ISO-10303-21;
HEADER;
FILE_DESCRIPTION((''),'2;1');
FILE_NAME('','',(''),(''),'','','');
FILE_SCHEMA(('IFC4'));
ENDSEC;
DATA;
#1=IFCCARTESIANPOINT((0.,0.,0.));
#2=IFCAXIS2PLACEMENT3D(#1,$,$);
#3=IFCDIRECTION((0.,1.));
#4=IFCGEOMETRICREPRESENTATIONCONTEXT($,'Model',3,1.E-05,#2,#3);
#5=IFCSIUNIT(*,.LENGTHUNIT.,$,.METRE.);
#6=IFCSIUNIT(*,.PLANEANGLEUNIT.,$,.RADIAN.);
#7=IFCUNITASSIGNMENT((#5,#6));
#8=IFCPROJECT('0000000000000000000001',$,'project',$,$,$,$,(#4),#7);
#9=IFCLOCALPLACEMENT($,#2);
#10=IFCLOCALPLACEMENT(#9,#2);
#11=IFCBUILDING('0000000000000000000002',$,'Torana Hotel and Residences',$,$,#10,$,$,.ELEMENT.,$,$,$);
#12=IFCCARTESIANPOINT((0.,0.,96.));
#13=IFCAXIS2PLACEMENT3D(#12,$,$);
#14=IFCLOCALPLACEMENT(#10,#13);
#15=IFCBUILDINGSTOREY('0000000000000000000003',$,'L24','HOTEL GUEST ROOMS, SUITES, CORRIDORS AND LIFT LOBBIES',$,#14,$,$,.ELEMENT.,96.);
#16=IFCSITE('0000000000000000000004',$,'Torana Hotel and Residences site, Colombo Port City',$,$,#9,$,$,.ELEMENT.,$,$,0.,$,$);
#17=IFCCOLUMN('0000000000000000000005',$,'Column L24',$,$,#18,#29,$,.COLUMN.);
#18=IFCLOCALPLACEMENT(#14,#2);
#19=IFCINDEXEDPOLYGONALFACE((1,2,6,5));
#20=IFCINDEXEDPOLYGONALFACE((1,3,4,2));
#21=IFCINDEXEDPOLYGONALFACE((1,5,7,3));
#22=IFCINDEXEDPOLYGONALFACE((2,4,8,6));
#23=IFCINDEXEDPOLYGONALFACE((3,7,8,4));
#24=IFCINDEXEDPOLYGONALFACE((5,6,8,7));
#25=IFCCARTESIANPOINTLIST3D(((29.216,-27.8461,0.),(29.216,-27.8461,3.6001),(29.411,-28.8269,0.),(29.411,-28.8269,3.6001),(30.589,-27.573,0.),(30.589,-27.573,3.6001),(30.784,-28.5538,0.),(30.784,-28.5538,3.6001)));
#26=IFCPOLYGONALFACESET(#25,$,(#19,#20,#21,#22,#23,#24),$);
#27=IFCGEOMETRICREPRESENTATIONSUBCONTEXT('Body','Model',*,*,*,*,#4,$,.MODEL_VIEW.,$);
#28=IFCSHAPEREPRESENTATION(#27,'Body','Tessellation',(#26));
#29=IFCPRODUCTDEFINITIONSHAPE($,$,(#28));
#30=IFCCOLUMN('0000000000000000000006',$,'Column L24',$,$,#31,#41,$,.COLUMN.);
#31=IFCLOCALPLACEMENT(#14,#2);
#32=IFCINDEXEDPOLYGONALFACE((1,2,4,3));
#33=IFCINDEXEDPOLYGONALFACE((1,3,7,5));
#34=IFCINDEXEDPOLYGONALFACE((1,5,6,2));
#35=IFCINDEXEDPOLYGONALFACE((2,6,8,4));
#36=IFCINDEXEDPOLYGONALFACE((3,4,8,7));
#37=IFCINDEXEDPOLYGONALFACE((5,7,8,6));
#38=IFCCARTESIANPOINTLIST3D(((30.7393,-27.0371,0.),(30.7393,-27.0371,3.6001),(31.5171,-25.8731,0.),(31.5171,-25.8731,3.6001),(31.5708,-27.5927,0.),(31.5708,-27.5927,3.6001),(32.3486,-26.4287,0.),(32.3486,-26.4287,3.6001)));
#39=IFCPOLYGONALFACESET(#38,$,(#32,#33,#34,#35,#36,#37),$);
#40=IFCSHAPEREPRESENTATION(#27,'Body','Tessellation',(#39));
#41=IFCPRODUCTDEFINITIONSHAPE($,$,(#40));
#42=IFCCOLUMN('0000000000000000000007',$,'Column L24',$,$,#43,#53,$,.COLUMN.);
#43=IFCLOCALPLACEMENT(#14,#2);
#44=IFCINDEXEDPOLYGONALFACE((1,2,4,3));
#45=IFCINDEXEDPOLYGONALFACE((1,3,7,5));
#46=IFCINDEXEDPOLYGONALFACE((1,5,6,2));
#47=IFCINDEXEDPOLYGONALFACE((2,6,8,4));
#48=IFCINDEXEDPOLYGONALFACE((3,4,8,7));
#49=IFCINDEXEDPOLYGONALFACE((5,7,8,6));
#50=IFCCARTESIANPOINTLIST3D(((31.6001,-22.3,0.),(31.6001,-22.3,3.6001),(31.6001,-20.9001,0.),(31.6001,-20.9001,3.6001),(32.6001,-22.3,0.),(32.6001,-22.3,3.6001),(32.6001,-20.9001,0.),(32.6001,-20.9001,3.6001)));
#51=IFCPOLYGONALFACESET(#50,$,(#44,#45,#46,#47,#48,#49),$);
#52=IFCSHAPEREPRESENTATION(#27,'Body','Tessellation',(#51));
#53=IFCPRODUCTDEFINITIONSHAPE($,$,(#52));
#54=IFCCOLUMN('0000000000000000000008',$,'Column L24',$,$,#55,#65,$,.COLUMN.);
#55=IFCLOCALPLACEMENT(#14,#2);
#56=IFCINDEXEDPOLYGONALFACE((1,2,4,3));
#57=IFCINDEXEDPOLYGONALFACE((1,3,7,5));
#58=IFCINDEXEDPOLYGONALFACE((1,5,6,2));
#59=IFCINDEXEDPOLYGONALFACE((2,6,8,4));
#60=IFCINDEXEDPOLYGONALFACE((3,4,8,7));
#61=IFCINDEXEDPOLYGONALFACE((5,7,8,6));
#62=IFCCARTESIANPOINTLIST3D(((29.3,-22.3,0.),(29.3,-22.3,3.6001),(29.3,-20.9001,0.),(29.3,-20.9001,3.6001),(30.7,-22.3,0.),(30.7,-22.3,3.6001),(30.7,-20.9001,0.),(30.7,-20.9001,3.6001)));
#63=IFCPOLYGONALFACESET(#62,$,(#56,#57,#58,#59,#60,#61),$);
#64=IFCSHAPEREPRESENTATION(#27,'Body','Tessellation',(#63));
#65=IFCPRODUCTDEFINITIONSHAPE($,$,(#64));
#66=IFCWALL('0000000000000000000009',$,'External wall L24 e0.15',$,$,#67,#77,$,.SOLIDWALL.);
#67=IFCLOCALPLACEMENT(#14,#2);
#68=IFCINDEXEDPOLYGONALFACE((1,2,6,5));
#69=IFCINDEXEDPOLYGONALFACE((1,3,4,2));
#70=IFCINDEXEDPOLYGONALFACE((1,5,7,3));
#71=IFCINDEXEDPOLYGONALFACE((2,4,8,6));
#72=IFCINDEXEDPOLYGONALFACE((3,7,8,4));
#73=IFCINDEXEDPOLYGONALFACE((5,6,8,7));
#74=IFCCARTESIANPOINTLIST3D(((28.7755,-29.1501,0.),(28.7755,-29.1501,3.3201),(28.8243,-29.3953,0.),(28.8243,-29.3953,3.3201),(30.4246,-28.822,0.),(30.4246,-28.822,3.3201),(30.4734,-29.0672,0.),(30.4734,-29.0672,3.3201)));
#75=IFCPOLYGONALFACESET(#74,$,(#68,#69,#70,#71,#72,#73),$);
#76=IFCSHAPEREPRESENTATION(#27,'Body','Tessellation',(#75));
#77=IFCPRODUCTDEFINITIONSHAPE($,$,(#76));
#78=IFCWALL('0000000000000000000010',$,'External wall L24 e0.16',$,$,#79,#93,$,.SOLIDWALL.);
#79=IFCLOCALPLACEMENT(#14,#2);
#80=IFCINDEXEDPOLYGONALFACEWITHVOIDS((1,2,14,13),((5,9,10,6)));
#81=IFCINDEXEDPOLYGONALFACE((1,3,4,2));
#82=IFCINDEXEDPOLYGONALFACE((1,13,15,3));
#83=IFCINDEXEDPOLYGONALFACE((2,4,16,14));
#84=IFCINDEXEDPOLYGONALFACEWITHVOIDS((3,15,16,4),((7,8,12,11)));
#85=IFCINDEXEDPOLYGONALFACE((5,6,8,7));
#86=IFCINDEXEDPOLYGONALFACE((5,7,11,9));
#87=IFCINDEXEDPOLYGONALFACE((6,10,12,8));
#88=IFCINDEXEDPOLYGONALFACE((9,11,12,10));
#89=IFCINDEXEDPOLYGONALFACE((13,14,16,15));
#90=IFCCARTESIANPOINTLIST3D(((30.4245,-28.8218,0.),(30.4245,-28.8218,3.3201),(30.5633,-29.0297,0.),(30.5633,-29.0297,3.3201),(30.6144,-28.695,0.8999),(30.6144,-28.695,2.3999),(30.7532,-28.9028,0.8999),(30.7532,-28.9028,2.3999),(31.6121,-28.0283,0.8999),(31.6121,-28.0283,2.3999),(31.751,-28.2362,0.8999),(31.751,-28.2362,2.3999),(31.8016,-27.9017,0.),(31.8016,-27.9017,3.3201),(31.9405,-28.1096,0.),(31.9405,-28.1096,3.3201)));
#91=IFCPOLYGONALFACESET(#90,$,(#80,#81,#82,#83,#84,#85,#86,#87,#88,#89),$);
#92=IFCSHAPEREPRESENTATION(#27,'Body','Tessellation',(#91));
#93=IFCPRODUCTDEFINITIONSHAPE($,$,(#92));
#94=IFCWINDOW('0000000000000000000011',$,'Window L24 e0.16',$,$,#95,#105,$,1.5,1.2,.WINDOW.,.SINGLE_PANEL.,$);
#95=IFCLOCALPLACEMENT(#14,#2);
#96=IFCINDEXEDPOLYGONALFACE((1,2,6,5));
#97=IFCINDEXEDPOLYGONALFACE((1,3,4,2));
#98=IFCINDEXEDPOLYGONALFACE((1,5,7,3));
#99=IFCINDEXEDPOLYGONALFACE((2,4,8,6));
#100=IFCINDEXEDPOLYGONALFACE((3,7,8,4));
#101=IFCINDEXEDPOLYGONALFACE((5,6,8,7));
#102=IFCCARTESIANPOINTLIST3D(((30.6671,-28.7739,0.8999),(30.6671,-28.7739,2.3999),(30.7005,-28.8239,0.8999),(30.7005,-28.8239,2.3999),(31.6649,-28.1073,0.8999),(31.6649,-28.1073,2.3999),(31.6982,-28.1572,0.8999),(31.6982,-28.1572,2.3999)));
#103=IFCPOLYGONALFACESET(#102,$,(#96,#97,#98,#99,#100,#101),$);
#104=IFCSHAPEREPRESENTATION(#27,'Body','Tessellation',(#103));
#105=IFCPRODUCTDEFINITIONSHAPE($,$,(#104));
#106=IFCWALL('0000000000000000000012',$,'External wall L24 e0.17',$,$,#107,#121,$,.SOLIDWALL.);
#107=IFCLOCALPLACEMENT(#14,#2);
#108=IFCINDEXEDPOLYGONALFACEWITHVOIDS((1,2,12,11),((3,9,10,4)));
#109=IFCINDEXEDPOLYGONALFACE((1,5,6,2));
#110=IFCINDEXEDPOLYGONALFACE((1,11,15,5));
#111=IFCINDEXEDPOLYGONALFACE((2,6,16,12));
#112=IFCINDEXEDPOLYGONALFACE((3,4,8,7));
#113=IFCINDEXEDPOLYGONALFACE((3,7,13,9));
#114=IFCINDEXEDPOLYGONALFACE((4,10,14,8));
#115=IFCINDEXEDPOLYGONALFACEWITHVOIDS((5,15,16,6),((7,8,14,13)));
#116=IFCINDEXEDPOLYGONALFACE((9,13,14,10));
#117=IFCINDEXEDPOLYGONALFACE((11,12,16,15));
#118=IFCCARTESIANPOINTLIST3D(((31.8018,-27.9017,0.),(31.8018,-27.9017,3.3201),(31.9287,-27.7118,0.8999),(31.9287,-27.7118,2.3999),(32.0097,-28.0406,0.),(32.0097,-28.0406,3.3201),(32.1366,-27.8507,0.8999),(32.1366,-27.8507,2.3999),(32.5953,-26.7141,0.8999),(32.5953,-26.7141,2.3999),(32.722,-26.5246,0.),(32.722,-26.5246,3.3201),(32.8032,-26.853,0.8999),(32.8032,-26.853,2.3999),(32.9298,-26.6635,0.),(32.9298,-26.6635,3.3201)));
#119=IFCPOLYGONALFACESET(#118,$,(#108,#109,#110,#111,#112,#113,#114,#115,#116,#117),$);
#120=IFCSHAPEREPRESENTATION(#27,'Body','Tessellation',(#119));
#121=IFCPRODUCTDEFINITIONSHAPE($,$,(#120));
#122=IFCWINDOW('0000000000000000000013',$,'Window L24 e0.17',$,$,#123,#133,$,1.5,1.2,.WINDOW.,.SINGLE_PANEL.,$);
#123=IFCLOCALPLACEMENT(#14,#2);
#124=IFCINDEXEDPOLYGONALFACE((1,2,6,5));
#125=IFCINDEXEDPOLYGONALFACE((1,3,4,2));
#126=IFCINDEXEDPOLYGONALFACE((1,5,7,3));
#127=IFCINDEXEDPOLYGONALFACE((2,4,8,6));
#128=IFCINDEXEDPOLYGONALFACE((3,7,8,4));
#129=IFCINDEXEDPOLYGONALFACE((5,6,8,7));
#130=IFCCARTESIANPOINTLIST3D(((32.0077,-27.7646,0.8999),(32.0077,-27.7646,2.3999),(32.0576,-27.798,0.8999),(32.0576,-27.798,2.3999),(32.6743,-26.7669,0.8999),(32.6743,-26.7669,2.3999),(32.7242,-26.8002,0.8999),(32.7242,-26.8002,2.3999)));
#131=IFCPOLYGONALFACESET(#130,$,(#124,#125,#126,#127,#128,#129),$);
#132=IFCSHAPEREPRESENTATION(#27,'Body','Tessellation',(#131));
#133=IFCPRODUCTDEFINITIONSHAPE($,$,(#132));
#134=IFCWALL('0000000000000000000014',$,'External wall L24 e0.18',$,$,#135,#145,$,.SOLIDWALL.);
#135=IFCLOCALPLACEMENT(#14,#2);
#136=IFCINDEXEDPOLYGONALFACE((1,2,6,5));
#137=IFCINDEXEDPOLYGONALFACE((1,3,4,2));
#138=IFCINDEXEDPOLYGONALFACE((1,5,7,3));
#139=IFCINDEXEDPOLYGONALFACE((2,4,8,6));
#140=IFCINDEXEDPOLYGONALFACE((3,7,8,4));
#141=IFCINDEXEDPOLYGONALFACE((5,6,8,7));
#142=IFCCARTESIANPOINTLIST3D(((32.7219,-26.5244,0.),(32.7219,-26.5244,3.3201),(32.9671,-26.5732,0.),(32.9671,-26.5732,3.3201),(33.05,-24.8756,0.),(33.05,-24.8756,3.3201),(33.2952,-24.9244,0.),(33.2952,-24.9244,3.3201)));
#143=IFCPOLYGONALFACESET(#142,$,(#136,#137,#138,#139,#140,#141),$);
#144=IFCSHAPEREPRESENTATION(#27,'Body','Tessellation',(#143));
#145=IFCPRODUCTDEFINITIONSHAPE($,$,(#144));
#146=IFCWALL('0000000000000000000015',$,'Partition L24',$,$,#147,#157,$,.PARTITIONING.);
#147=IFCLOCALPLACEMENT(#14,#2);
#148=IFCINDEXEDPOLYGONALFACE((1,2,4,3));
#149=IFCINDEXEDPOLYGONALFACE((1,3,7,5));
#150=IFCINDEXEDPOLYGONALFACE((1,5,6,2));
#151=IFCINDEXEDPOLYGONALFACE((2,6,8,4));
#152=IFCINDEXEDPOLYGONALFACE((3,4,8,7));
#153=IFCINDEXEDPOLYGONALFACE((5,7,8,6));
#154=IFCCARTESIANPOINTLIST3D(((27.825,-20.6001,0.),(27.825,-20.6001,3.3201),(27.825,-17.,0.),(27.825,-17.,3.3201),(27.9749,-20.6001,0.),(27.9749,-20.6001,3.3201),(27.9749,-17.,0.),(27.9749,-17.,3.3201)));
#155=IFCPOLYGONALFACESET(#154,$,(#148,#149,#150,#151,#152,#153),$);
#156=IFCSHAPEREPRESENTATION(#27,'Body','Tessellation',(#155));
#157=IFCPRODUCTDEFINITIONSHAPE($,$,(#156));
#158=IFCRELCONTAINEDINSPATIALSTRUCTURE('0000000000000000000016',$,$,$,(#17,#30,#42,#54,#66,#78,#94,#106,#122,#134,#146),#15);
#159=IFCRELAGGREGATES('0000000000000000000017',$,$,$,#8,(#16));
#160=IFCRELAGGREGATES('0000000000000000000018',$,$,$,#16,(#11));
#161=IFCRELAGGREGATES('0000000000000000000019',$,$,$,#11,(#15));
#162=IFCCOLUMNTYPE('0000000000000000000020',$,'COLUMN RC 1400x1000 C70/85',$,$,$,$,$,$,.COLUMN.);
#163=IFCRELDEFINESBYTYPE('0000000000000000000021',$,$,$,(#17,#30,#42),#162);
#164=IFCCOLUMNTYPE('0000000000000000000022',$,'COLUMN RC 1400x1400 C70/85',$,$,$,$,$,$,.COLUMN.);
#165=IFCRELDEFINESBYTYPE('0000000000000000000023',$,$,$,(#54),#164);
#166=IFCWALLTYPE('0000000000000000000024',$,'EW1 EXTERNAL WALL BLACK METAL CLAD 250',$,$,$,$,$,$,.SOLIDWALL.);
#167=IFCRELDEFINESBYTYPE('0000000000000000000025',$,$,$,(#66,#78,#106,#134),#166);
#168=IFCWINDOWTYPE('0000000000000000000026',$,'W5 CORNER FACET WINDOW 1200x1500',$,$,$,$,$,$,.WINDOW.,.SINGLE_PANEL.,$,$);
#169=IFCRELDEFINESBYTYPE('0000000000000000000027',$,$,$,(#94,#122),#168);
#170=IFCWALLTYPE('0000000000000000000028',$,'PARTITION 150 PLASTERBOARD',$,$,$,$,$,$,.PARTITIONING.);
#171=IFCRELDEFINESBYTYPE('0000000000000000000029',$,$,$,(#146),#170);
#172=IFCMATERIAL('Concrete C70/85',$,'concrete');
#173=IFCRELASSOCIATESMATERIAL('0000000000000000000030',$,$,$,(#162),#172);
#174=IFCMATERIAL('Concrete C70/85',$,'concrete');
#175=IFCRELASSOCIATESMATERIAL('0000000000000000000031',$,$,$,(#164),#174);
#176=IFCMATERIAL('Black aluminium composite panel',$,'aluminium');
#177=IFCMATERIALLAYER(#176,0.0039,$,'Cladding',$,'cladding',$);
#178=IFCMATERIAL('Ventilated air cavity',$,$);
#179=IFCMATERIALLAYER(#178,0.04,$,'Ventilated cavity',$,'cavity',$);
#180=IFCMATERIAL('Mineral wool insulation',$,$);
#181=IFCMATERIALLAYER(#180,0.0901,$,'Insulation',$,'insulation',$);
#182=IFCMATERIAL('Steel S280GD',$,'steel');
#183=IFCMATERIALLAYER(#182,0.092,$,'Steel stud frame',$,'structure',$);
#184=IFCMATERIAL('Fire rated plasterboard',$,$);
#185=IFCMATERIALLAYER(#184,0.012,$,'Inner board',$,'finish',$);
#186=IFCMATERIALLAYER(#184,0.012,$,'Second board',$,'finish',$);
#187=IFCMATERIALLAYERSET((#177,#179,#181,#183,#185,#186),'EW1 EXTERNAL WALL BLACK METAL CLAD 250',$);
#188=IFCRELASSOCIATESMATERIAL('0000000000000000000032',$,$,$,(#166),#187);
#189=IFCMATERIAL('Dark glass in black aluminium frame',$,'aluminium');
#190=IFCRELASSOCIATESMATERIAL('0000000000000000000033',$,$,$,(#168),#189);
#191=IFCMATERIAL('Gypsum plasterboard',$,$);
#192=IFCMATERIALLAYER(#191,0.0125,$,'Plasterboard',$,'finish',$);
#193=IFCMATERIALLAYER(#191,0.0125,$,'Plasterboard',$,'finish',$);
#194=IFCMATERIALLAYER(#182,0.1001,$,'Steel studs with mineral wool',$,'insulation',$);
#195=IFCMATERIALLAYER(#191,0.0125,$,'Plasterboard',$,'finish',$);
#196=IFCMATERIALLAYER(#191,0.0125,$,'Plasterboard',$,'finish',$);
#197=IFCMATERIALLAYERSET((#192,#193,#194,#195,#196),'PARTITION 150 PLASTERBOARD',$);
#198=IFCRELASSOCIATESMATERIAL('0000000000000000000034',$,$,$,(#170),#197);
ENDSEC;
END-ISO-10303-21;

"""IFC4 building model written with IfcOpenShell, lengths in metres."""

from ifc_helpers import new_model, si_unit, direction, frame, frame_2d, origin, origin_2d, place, context, subcontext, project, spatial, rectangle, extrude, material, layer, layer_set, material_profile, profile_set, type_object, element, fill, save


model = new_model("IFC4")

# Units and contexts
model_context = context("Model", 3, precision=1e-05, world=origin(), true_north=direction((0.0, 1.0)))
body_context = subcontext(model_context, "Body", "Model", "MODEL_VIEW")
ifc_project = project(units=[si_unit("LENGTHUNIT", "METRE"), si_unit("PLANEANGLEUNIT", "RADIAN")], contexts=[model_context])

# Site, building, storey
site_placement = place(None, origin())
site = spatial("IfcSite", under=ifc_project, at=site_placement, Name="Torana Hotel and Residences site, Colombo Port City", CompositionType="ELEMENT", RefElevation=0.0)
building_placement = place(site_placement, origin())
building = spatial("IfcBuilding", under=site, at=building_placement, Name="Torana Hotel and Residences", CompositionType="ELEMENT")
storey_placement = place(building_placement, frame((0.0, 0.0, 96.0)))
storey = spatial("IfcBuildingStorey", under=building, at=storey_placement, Name="L24", Description="HOTEL GUEST ROOMS, SUITES, CORRIDORS AND LIFT LOBBIES", CompositionType="ELEMENT", Elevation=96.0)

# Columns
ifc_material_1 = material(Name="Concrete C70/85", Category="concrete")
ifc_material_profile_1 = material_profile(ifc_material_1, rectangle(XDim=1.3999, YDim=1.0, at=origin_2d()), Name="RC 1400x1000")
ifc_profile_set_1 = profile_set([ifc_material_profile_1], Name="Concrete C70/85")
column_type_1 = type_object("IfcColumnType", Name="COLUMN RC 1400x1000 C70/85", PredefinedType="COLUMN", material=ifc_profile_set_1)
for number, where, z_axis, x_axis, name in (
    (1, (30.0, -28.2, 0.0), (0.0, 0.0, 1.0), (0.980792, 0.195056, 0.0), "Column L24"),
    (2, (31.5439, -26.7329, 0.0), (0.0, 0.0, 1.0), (0.555585, 0.83146, 0.0), "Column L24"),
    (3, (32.1001, -21.6001, 0.0), (0.0, 0.0, 1.0), (0.0, 1.0, 0.0), "Column L24"),
):
    element("IfcColumn", number, at=place(storey_placement, frame(where, z_axis=z_axis, x_axis=x_axis)), inside=storey, type_object=column_type_1, Name=name, PredefinedType="COLUMN", context=body_context, shape_type="SweptSolid", body=[
        extrude(rectangle(XDim=1.3999, YDim=1.0, at=origin_2d()), origin(), (0.0, 0.0, 1.0), 3.6001),
    ])
ifc_material_2 = material(Name="Concrete C70/85", Category="concrete")
ifc_material_profile_2 = material_profile(ifc_material_2, rectangle(XDim=1.3999, YDim=1.3999, at=origin_2d()), Name="RC 1400x1400")
ifc_profile_set_2 = profile_set([ifc_material_profile_2], Name="Concrete C70/85")
column_type_2 = type_object("IfcColumnType", Name="COLUMN RC 1400x1400 C70/85", PredefinedType="COLUMN", material=ifc_profile_set_2)
column_placement = place(storey_placement, frame((30.0, -21.6001, 0.0), z_axis=(0.0, 0.0, 1.0), x_axis=(1.0, 0.0, 0.0)))
element("IfcColumn", 4, at=column_placement, inside=storey, type_object=column_type_2, Name="Column L24", PredefinedType="COLUMN", context=body_context, shape_type="SweptSolid", body=[
    extrude(rectangle(XDim=1.3999, YDim=1.3999, at=origin_2d()), origin(), (0.0, 0.0, 1.0), 3.6001),
])

# Wall
ifc_material_3 = material(Name="Black aluminium composite panel", Category="aluminium")
ifc_layer_1 = layer(ifc_material_3, 0.0039, Name="Cladding", Category="cladding")
ifc_material_4 = material(Name="Ventilated air cavity")
ifc_layer_2 = layer(ifc_material_4, 0.04, Name="Ventilated cavity", Category="cavity")
ifc_material_5 = material(Name="Mineral wool insulation")
ifc_layer_3 = layer(ifc_material_5, 0.0901, Name="Insulation", Category="insulation")
ifc_material_6 = material(Name="Steel S280GD", Category="steel")
ifc_layer_4 = layer(ifc_material_6, 0.092, Name="Steel stud frame", Category="structure")
ifc_material_7 = material(Name="Fire rated plasterboard")
ifc_layer_5 = layer(ifc_material_7, 0.012, Name="Inner board", Category="finish")
ifc_layer_6 = layer(ifc_material_7, 0.012, Name="Second board", Category="finish")
ifc_layer_set_1 = layer_set([ifc_layer_1, ifc_layer_2, ifc_layer_3, ifc_layer_4, ifc_layer_5, ifc_layer_6], Name="EW1 EXTERNAL WALL BLACK METAL CLAD 250")
wall_type_1 = type_object("IfcWallType", Name="EW1 EXTERNAL WALL BLACK METAL CLAD 250", PredefinedType="SOLIDWALL", material=ifc_layer_set_1)
wall_1_placement = place(storey_placement, frame((28.7998, -29.2727, 0.0), z_axis=(0.0, 0.0, 1.0), x_axis=(0.980776, 0.195139, 0.0)))
element("IfcWall", 5, at=wall_1_placement, inside=storey, type_object=wall_type_1, Name="External wall L24 e0.15", PredefinedType="SOLIDWALL", context=body_context, shape_type="SweptSolid", body=[
    extrude(rectangle(XDim=1.6814, YDim=0.25, at=frame_2d((0.8408, 0.0))), origin(), (0.0, 0.0, 1.0), 3.3201),
])

# Walls, openings, windows
wall_2_placement = place(storey_placement, frame((30.4939, -28.9258, 0.0), z_axis=(0.0, 0.0, 1.0), x_axis=(0.831483, 0.55555, 0.0)))
wall_2 = element("IfcWall", 6, at=wall_2_placement, inside=storey, type_object=wall_type_1, Name="External wall L24 e0.16", PredefinedType="SOLIDWALL", context=body_context, shape_type="SweptSolid", body=[
    extrude(rectangle(XDim=1.6562, YDim=0.25, at=frame_2d((0.8281, 0.0))), origin(), (0.0, 0.0, 1.0), 3.3201),
])
opening_1_placement = place(wall_2_placement, frame((0.2283, 0.0, 0.8999)))
opening_1 = element("IfcOpeningElement", 7, at=opening_1_placement, cuts=wall_2, PredefinedType="OPENING", context=body_context, shape_type="SweptSolid", body=[
    extrude(rectangle(XDim=1.2, YDim=1.5, at=frame_2d((0.6001, 0.75))), frame((0.0, 0.135, 0.0), z_axis=(0.0, -1.0, 0.0), x_axis=(1.0, 0.0, 0.0)), (0.0, 0.0, 1.0), 0.27),
])
ifc_material_8 = material(Name="Dark glass in black aluminium frame", Category="aluminium")
window_type_1 = type_object("IfcWindowType", Name="W5 CORNER FACET WINDOW 1200x1500", PartitioningType="SINGLE_PANEL", PredefinedType="WINDOW", material=ifc_material_8)
window_1_placement = place(opening_1_placement, origin())
window_1 = element("IfcWindow", 8, at=window_1_placement, inside=storey, type_object=window_type_1, Name="Window L24 e0.16", OverallHeight=1.5, OverallWidth=1.2, PartitioningType="SINGLE_PANEL", PredefinedType="WINDOW", context=body_context, shape_type="SweptSolid", body=[
    extrude(rectangle(XDim=1.2, YDim=1.5, at=frame_2d((0.6001, 0.75))), frame((0.0, 0.03, 0.0), z_axis=(0.0, -1.0, 0.0), x_axis=(1.0, 0.0, 0.0)), (0.0, 0.0, 1.0), 0.0601),
])
fill(opening_1, window_1)
wall_3_placement = place(storey_placement, frame((31.9058, -27.9712, 0.0), z_axis=(0.0, 0.0, 1.0), x_axis=(0.55555, 0.831483, 0.0)))
wall_3 = element("IfcWall", 9, at=wall_3_placement, inside=storey, type_object=wall_type_1, Name="External wall L24 e0.17", PredefinedType="SOLIDWALL", context=body_context, shape_type="SweptSolid", body=[
    extrude(rectangle(XDim=1.6562, YDim=0.25, at=frame_2d((0.8281, 0.0))), origin(), (0.0, 0.0, 1.0), 3.3201),
])
opening_2_placement = place(wall_3_placement, frame((0.2283, 0.0, 0.8999)))
opening_2 = element("IfcOpeningElement", 10, at=opening_2_placement, cuts=wall_3, PredefinedType="OPENING", context=body_context, shape_type="SweptSolid", body=[
    extrude(rectangle(XDim=1.2, YDim=1.5, at=frame_2d((0.6001, 0.75))), frame((0.0, 0.135, 0.0), z_axis=(0.0, -1.0, 0.0), x_axis=(1.0, 0.0, 0.0)), (0.0, 0.0, 1.0), 0.27),
])
window_2_placement = place(opening_2_placement, origin())
window_2 = element("IfcWindow", 11, at=window_2_placement, inside=storey, type_object=window_type_1, Name="Window L24 e0.17", OverallHeight=1.5, OverallWidth=1.2, PartitioningType="SINGLE_PANEL", PredefinedType="WINDOW", context=body_context, shape_type="SweptSolid", body=[
    extrude(rectangle(XDim=1.2, YDim=1.5, at=frame_2d((0.6001, 0.75))), frame((0.0, 0.03, 0.0), z_axis=(0.0, -1.0, 0.0), x_axis=(1.0, 0.0, 0.0)), (0.0, 0.0, 1.0), 0.0601),
])
fill(opening_2, window_2)

# Wall
wall_4_placement = place(storey_placement, frame((32.8445, -26.5488, 0.0), z_axis=(0.0, 0.0, 1.0), x_axis=(0.195167, 0.98077, 0.0)))
element("IfcWall", 12, at=wall_4_placement, inside=storey, type_object=wall_type_1, Name="External wall L24 e0.18", PredefinedType="SOLIDWALL", context=body_context, shape_type="SweptSolid", body=[
    extrude(rectangle(XDim=1.6812, YDim=0.25, at=frame_2d((0.8406, 0.0))), origin(), (0.0, 0.0, 1.0), 3.3201),
])

# Wall
ifc_material_9 = material(Name="Gypsum plasterboard")
ifc_layer_7 = layer(ifc_material_9, 0.0125, Name="Plasterboard", Category="finish")
ifc_layer_8 = layer(ifc_material_9, 0.0125, Name="Plasterboard", Category="finish")
ifc_layer_9 = layer(ifc_material_6, 0.1001, Name="Steel studs with mineral wool", Category="insulation")
ifc_layer_10 = layer(ifc_material_9, 0.0125, Name="Plasterboard", Category="finish")
ifc_layer_11 = layer(ifc_material_9, 0.0125, Name="Plasterboard", Category="finish")
ifc_layer_set_2 = layer_set([ifc_layer_7, ifc_layer_8, ifc_layer_9, ifc_layer_10, ifc_layer_11], Name="PARTITION 150 PLASTERBOARD")
wall_type_2 = type_object("IfcWallType", Name="PARTITION 150 PLASTERBOARD", PredefinedType="PARTITIONING", material=ifc_layer_set_2)
wall_5_placement = place(storey_placement, frame((27.8999, -20.6001, 0.0), z_axis=(0.0, 0.0, 1.0), x_axis=(0.0, 1.0, 0.0)))
element("IfcWall", 13, at=wall_5_placement, inside=storey, type_object=wall_type_2, Name="Partition L24", PredefinedType="PARTITIONING", context=body_context, shape_type="SweptSolid", body=[
    extrude(rectangle(XDim=3.6001, YDim=0.1499, at=frame_2d((1.8, 0.0))), origin(), (0.0, 0.0, 1.0), 3.3201),
])

save(model, "model.ifc")
